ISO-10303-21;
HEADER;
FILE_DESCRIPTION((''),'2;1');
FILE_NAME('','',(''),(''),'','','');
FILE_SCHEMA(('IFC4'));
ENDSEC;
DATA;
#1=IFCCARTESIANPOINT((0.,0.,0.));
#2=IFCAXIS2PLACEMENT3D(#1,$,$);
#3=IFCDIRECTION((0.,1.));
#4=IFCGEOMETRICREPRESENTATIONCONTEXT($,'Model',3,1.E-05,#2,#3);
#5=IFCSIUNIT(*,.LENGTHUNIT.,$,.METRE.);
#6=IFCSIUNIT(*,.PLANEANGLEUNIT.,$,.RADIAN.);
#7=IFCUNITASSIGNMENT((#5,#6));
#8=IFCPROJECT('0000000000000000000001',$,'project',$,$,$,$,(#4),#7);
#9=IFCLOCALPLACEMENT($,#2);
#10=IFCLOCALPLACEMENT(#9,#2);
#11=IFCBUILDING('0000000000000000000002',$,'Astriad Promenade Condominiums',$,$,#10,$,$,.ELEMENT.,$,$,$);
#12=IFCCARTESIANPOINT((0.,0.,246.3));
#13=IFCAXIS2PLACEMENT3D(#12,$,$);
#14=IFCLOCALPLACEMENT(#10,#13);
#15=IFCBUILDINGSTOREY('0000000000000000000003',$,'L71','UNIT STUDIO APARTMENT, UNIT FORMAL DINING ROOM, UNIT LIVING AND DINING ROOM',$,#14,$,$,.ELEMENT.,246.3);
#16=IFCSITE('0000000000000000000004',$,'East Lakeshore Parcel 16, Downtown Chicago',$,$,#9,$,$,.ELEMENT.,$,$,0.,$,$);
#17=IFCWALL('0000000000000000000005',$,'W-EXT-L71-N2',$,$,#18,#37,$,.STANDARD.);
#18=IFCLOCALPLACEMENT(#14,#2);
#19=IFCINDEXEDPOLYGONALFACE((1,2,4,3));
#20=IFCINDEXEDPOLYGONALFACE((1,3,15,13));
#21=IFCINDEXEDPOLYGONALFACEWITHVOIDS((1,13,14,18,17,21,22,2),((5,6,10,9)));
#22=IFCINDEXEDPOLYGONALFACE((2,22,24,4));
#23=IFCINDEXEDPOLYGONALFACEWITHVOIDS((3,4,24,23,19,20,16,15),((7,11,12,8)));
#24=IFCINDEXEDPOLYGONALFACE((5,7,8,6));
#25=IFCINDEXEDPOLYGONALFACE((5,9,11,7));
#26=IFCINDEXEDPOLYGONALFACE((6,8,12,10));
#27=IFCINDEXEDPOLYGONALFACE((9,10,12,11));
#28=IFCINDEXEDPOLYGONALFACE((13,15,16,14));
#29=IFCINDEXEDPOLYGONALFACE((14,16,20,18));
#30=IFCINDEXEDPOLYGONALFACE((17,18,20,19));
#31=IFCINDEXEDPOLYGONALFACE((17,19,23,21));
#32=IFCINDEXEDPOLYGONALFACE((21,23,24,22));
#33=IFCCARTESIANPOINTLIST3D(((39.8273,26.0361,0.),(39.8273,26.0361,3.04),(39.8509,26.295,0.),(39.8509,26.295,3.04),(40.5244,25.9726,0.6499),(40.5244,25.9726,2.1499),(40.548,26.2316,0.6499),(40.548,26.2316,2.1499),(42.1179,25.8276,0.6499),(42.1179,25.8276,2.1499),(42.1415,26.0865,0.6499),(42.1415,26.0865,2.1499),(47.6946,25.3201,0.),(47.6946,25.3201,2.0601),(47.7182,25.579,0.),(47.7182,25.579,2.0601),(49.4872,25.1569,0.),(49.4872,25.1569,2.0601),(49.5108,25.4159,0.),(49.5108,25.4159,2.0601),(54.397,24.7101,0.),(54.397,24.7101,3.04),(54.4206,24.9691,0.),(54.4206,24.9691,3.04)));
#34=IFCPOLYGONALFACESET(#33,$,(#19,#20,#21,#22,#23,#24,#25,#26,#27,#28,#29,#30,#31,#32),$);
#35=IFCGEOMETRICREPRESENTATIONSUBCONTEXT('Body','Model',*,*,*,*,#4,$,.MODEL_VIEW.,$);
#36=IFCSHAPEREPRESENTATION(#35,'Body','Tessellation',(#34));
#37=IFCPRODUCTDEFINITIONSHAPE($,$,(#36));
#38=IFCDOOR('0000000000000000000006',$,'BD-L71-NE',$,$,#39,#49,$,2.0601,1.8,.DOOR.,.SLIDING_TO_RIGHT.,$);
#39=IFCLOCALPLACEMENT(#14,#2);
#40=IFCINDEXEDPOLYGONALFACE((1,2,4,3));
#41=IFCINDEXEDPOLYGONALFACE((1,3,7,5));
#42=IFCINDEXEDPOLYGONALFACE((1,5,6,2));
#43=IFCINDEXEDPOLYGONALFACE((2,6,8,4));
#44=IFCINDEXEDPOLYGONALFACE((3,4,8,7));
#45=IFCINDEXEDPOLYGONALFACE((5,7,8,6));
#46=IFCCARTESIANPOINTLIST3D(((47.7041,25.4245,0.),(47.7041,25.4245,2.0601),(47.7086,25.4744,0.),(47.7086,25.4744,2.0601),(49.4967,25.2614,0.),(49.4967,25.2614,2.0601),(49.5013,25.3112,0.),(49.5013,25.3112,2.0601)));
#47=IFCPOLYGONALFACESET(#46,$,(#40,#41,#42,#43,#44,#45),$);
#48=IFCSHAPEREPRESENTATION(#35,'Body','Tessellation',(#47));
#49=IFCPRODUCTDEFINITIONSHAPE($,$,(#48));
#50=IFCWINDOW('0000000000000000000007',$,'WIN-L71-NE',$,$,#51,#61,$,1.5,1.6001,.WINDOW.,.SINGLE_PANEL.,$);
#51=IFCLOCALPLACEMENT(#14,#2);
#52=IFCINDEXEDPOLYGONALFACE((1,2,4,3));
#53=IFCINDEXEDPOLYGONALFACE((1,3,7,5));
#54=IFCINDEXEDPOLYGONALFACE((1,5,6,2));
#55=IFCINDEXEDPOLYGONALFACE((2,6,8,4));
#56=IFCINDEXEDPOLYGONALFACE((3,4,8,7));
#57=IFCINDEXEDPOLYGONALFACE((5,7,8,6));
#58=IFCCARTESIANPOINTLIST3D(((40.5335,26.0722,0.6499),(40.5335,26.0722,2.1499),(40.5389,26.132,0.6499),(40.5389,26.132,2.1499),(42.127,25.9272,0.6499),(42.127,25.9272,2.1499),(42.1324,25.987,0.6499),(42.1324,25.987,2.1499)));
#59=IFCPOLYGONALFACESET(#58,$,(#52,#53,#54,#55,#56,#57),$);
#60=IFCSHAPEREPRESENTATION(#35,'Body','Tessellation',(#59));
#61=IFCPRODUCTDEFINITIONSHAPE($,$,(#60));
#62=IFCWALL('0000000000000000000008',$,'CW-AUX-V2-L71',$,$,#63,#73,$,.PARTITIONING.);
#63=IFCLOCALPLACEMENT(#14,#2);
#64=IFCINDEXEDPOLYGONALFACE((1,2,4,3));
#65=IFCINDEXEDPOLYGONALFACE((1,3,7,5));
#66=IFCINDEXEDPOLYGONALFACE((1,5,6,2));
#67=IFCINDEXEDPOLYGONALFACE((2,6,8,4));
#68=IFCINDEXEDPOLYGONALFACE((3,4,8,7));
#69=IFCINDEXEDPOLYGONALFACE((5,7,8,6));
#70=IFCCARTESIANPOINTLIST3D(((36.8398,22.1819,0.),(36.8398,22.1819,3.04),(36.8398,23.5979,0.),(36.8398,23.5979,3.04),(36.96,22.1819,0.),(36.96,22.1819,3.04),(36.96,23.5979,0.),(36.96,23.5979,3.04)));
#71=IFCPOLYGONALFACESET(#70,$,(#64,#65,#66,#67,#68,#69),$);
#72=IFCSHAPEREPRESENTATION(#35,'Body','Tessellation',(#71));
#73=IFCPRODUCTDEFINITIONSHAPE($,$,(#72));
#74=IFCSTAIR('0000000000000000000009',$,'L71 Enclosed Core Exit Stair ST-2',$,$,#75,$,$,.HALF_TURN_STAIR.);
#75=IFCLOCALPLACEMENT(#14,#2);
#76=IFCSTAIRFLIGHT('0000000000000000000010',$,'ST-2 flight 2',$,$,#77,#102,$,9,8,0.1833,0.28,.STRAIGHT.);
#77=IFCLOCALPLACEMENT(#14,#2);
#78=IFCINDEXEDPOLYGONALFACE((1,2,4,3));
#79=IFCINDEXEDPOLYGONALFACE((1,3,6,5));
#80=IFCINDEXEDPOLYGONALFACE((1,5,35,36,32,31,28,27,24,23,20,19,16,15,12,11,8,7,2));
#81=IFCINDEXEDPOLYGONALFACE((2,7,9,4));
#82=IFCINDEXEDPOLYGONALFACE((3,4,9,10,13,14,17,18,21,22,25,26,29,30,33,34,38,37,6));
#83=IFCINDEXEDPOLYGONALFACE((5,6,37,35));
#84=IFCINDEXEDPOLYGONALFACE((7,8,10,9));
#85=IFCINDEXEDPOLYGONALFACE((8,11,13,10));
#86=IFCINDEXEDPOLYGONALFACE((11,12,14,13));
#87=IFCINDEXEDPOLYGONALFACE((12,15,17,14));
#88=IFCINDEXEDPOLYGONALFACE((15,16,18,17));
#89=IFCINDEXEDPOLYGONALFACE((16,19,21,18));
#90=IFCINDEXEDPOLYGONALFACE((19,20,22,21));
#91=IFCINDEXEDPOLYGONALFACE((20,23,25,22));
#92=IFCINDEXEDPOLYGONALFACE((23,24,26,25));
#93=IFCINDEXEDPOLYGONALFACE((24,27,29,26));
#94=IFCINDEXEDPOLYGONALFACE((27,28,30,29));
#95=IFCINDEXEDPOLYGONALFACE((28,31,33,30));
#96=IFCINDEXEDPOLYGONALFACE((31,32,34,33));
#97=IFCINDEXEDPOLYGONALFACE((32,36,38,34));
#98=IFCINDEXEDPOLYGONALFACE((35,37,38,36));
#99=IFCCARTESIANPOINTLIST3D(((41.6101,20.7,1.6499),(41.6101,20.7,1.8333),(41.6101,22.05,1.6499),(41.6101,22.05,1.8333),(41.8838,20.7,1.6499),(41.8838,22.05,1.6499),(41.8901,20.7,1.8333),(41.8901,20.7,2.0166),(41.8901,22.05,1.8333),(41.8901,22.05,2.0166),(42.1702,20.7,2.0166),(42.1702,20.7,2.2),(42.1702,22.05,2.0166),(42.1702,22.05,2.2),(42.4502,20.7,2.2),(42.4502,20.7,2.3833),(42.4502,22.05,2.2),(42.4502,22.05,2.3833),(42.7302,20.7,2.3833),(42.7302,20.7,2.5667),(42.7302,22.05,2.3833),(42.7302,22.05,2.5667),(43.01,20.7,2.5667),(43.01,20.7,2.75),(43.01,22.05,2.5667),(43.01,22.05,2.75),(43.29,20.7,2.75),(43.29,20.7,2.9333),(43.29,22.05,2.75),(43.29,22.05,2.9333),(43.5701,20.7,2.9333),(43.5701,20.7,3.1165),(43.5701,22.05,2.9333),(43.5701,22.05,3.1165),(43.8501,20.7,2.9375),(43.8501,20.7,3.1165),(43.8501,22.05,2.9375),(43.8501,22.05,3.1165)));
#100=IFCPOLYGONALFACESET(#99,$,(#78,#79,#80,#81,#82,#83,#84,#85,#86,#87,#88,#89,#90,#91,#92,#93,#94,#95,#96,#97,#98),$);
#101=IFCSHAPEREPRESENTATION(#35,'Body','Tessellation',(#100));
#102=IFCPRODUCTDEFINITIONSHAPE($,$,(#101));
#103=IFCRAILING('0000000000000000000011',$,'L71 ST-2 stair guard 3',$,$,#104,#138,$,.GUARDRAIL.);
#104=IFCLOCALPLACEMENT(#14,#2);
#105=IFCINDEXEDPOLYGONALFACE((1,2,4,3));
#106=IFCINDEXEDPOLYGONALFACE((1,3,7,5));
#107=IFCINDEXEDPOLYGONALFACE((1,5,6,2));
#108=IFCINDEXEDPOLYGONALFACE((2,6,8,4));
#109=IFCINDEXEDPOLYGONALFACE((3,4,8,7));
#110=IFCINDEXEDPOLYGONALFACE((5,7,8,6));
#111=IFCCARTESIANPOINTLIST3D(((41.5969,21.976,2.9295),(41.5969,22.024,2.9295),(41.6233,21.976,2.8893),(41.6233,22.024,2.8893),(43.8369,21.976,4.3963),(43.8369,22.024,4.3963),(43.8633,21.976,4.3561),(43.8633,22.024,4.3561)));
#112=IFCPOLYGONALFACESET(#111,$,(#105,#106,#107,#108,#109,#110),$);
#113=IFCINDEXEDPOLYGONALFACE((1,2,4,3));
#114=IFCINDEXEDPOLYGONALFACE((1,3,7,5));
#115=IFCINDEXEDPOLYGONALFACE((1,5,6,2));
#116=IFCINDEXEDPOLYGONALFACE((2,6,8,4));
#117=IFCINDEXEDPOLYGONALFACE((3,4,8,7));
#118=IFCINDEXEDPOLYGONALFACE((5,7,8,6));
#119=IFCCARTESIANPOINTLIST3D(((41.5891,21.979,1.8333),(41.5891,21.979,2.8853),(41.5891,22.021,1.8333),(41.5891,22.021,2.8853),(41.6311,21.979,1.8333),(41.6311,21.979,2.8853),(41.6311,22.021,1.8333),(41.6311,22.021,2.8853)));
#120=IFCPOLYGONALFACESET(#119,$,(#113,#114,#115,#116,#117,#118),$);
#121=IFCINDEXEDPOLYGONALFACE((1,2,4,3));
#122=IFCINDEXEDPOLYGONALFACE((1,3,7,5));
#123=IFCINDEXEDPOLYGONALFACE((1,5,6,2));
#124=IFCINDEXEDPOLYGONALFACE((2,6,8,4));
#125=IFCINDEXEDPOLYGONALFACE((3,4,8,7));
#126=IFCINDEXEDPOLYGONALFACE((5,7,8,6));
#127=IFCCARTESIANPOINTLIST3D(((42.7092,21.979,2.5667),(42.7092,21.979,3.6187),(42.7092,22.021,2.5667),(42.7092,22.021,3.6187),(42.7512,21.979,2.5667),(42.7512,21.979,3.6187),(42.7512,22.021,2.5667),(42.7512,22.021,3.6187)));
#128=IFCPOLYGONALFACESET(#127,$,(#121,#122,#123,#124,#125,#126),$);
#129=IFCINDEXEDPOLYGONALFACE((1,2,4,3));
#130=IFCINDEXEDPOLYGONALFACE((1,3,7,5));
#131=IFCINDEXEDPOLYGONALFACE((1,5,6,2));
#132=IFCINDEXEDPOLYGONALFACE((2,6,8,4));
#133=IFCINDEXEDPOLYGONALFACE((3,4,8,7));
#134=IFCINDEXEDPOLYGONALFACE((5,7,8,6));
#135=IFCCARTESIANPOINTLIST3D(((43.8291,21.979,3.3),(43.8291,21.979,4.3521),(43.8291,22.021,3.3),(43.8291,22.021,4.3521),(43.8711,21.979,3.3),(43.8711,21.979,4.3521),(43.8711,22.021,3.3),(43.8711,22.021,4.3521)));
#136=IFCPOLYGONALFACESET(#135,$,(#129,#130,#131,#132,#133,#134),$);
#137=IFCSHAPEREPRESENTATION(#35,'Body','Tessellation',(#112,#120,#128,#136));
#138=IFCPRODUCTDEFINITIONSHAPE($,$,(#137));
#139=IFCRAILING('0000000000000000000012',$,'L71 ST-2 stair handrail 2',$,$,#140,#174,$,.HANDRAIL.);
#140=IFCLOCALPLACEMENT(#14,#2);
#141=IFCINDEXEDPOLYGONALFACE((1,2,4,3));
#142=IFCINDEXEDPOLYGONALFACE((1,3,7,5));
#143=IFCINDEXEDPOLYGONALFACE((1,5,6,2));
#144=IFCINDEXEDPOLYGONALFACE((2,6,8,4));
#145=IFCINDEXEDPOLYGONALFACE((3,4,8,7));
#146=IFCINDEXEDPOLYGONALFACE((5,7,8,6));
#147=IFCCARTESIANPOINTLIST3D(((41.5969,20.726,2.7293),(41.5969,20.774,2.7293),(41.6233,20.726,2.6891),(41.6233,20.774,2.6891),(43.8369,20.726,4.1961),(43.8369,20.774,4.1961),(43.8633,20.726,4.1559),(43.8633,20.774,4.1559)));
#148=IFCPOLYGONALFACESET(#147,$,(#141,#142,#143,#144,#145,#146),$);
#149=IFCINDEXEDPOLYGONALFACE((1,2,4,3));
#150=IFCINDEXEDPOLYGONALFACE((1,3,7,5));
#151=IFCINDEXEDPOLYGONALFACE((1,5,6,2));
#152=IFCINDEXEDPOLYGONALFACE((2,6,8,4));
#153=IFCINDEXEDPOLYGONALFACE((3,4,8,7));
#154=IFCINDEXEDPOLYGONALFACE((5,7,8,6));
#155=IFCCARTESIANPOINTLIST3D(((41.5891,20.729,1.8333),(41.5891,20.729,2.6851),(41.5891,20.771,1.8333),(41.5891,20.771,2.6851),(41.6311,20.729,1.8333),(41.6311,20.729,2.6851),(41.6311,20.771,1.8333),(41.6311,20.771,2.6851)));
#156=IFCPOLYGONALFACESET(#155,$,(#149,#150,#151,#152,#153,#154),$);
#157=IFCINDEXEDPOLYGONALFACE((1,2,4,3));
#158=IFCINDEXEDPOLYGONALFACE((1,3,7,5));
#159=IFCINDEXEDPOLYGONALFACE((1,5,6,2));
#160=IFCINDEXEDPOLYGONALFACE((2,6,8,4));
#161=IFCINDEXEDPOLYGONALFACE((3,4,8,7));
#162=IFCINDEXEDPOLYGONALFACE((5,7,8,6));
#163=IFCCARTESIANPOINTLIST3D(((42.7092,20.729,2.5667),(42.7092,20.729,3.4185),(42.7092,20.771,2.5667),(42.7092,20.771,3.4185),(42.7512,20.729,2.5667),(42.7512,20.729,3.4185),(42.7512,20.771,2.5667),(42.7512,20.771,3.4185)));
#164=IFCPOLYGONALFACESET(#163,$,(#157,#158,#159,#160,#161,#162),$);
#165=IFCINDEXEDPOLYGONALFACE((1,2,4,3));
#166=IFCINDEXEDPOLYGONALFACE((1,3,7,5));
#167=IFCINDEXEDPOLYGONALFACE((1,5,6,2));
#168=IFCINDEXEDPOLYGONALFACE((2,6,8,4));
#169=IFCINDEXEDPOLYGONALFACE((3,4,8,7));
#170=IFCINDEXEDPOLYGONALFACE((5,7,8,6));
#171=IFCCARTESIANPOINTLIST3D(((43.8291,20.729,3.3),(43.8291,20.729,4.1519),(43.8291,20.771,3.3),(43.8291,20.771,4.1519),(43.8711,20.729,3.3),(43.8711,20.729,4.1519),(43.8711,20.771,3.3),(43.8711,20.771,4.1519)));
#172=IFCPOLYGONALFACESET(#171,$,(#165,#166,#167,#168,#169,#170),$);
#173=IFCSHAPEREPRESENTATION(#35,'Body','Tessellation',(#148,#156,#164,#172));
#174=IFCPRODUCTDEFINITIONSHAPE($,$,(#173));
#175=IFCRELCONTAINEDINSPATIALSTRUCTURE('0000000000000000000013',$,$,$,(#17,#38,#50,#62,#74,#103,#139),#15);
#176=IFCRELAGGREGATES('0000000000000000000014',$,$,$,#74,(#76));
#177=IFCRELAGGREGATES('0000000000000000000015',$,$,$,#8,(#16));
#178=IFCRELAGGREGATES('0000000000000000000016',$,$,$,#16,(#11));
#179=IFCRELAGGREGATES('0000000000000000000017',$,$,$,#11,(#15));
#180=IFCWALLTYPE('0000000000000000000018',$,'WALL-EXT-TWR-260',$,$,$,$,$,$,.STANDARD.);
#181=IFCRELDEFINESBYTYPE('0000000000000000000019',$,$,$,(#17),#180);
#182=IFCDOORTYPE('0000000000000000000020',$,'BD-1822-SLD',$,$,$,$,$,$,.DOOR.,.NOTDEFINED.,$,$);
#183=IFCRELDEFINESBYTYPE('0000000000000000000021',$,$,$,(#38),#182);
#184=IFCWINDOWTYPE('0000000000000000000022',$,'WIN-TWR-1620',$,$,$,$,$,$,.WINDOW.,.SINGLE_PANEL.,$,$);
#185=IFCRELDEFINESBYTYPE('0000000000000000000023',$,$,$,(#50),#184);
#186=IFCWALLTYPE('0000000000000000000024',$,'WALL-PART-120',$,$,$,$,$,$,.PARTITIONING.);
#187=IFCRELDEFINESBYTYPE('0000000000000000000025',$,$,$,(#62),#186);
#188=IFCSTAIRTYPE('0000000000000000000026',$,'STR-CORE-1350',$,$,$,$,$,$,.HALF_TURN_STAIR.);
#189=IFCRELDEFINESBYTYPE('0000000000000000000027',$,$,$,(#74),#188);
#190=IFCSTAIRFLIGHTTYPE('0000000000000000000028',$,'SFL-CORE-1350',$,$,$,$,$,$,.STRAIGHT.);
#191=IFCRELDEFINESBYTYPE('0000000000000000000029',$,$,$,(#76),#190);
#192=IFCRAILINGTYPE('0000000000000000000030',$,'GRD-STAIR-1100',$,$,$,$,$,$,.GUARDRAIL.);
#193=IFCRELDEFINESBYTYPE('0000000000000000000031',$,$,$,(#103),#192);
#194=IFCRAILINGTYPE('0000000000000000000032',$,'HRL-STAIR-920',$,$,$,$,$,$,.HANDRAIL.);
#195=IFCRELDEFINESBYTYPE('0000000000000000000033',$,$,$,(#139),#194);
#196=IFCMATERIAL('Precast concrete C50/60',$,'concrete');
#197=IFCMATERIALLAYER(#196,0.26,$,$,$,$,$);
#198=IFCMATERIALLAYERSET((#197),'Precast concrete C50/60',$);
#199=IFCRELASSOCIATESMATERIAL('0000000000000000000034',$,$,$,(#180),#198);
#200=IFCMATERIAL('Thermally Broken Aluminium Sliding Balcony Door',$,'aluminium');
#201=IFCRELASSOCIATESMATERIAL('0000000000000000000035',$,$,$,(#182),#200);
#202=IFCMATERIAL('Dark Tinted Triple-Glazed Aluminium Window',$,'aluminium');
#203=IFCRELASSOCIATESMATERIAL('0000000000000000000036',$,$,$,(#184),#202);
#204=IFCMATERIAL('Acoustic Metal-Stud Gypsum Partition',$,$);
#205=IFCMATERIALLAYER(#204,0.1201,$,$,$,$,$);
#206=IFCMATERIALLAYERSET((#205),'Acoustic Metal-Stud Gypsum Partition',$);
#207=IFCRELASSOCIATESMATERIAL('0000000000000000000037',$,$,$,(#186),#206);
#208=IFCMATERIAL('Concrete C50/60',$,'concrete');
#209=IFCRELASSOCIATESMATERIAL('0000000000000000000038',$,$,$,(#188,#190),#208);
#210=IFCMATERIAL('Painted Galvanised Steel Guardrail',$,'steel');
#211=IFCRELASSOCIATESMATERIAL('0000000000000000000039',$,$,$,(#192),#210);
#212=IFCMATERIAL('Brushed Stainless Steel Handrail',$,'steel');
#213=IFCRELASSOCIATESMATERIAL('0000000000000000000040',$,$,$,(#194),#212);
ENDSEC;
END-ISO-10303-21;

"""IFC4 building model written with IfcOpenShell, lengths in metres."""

from ifc_helpers import new_model, si_unit, direction, frame, frame_2d, origin, origin_2d, place, context, subcontext, project, spatial, polyline, rectangle, outline, extrude, source, transform, mapped, material, layer, layer_set, type_object, type_shapes, element, fill, aggregate, save


model = new_model("IFC4")

# Units and contexts
model_context = context("Model", 3, precision=1e-05, world=origin(), true_north=direction((0.0, 1.0)))
body_context = subcontext(model_context, "Body", "Model", "MODEL_VIEW")
ifc_project = project(units=[si_unit("LENGTHUNIT", "METRE"), si_unit("PLANEANGLEUNIT", "RADIAN")], contexts=[model_context])

# Site, building, storey
site_placement = place(None, origin())
site = spatial("IfcSite", under=ifc_project, at=site_placement, Name="East Lakeshore Parcel 16, Downtown Chicago", CompositionType="ELEMENT", RefElevation=0.0)
building_placement = place(site_placement, origin())
building = spatial("IfcBuilding", under=site, at=building_placement, Name="Astriad Promenade Condominiums", CompositionType="ELEMENT")
storey_placement = place(building_placement, frame((0.0, 0.0, 246.3)))
storey = spatial("IfcBuildingStorey", under=building, at=storey_placement, Name="L71", Description="UNIT STUDIO APARTMENT, UNIT FORMAL DINING ROOM, UNIT LIVING AND DINING ROOM", CompositionType="ELEMENT", Elevation=246.3)

# Shared definitions
ifc_material_1 = material(Name="Concrete C50/60", Category="concrete")

# Wall, openings, door, window
ifc_material_2 = material(Name="Precast concrete C50/60", Category="concrete")
ifc_layer_1 = layer(ifc_material_2, 0.26)
ifc_layer_set_1 = layer_set([ifc_layer_1], Name="Precast concrete C50/60")
wall_type_1 = type_object("IfcWallType", Name="WALL-EXT-TWR-260", PredefinedType="STANDARD", material=ifc_layer_set_1)
wall_1_placement = place(storey_placement, frame((39.8391, 26.1655, 0.0), z_axis=(0.0, 0.0, 1.0), x_axis=(0.995884, -0.090632, 0.0)))
wall_1 = element("IfcWall", 1, at=wall_1_placement, inside=storey, type_object=wall_type_1, Name="W-EXT-L71-N2", PredefinedType="STANDARD", context=body_context, shape_type="SweptSolid", body=[
    extrude(rectangle(XDim=14.6299, YDim=0.26, at=frame_2d((7.3149, 0.0))), origin(), (0.0, 0.0, 1.0), 3.04),
])
opening_1_placement = place(wall_1_placement, frame((7.8999, 0.0, 0.0)))
opening_1 = element("IfcOpeningElement", 2, at=opening_1_placement, cuts=wall_1, PredefinedType="OPENING", context=body_context, shape_type="SweptSolid", body=[
    extrude(rectangle(XDim=1.8, YDim=2.0601, at=frame_2d((0.8999, 1.03))), frame((0.0, 0.1399, 0.0), z_axis=(0.0, -1.0, 0.0), x_axis=(1.0, 0.0, 0.0)), (0.0, 0.0, 1.0), 0.28),
])
opening_2_placement = place(wall_1_placement, frame((0.7, 0.0, 0.6499)))
opening_2 = element("IfcOpeningElement", 3, at=opening_2_placement, cuts=wall_1, PredefinedType="OPENING", context=body_context, shape_type="SweptSolid", body=[
    extrude(rectangle(XDim=1.6001, YDim=1.5, at=frame_2d((0.8, 0.75))), frame((0.0, 0.1399, 0.0), z_axis=(0.0, -1.0, 0.0), x_axis=(1.0, 0.0, 0.0)), (0.0, 0.0, 1.0), 0.28),
])
ifc_material_3 = material(Name="Thermally Broken Aluminium Sliding Balcony Door", Category="aluminium")
door_type_1 = type_object("IfcDoorType", Name="BD-1822-SLD", OperationType="NOTDEFINED", PredefinedType="DOOR", material=ifc_material_3)
shared_shape_1 = source(origin(), body_context, "Body", "SweptSolid", [
    extrude(rectangle(XDim=1.8, YDim=2.0601, at=frame_2d((0.8999, 1.03))), frame((0.0, 0.0249, 0.0), z_axis=(0.0, -1.0, 0.0), x_axis=(1.0, 0.0, 0.0)), (0.0, 0.0, 1.0), 0.05),
])
type_shapes(door_type_1, [shared_shape_1])
door_1_placement = place(opening_1_placement, origin())
door_1 = element("IfcDoor", 4, at=door_1_placement, inside=storey, type_object=door_type_1, Name="BD-L71-NE", OperationType="SLIDING_TO_RIGHT", OverallHeight=2.0601, OverallWidth=1.8, PredefinedType="DOOR", context=body_context, shape_type="MappedRepresentation", body=[
    mapped(shared_shape_1, transform((0.0, 0.0, 0.0), scale=1.0)),
])
fill(opening_1, door_1)
ifc_material_4 = material(Name="Dark Tinted Triple-Glazed Aluminium Window", Category="aluminium")
window_type = type_object("IfcWindowType", Name="WIN-TWR-1620", PartitioningType="SINGLE_PANEL", PredefinedType="WINDOW", material=ifc_material_4)
shared_shape_2 = source(origin(), body_context, "Body", "SweptSolid", [
    extrude(rectangle(XDim=1.6001, YDim=1.5, at=frame_2d((0.8, 0.75))), frame((0.0, 0.03, 0.0), z_axis=(0.0, -1.0, 0.0), x_axis=(1.0, 0.0, 0.0)), (0.0, 0.0, 1.0), 0.0601),
])
type_shapes(window_type, [shared_shape_2])
window_placement = place(opening_2_placement, origin())
window = element("IfcWindow", 5, at=window_placement, inside=storey, type_object=window_type, Name="WIN-L71-NE", OverallHeight=1.5, OverallWidth=1.6001, PartitioningType="SINGLE_PANEL", PredefinedType="WINDOW", context=body_context, shape_type="MappedRepresentation", body=[
    mapped(shared_shape_2, transform((0.0, 0.0, 0.0), scale=1.0)),
])
fill(opening_2, window)

# Wall
ifc_material_5 = material(Name="Acoustic Metal-Stud Gypsum Partition")
ifc_layer_2 = layer(ifc_material_5, 0.1201)
ifc_layer_set_2 = layer_set([ifc_layer_2], Name="Acoustic Metal-Stud Gypsum Partition")
wall_type_2 = type_object("IfcWallType", Name="WALL-PART-120", PredefinedType="PARTITIONING", material=ifc_layer_set_2)
wall_2_placement = place(storey_placement, frame((36.8999, 22.1819, 0.0), z_axis=(0.0, 0.0, 1.0), x_axis=(0.0, 1.0, 0.0)))
element("IfcWall", 6, at=wall_2_placement, inside=storey, type_object=wall_type_2, Name="CW-AUX-V2-L71", PredefinedType="PARTITIONING", context=body_context, shape_type="SweptSolid", body=[
    extrude(rectangle(XDim=1.416, YDim=0.1201, at=frame_2d((0.708, 0.0))), origin(), (0.0, 0.0, 1.0), 3.04),
])

# Stair, stair flight
stair_type = type_object("IfcStairType", Name="STR-CORE-1350", PredefinedType="HALF_TURN_STAIR", material=ifc_material_1)
stair_placement = place(storey_placement, origin())
stair = element("IfcStair", 7, at=stair_placement, inside=storey, type_object=stair_type, Name="L71 Enclosed Core Exit Stair ST-2", PredefinedType="HALF_TURN_STAIR")
stair_flight_type = type_object("IfcStairFlightType", Name="SFL-CORE-1350", PredefinedType="STRAIGHT", material=ifc_material_1)
shared_shape_3 = source(origin(), body_context, "Body", "SweptSolid", [
    extrude(outline(polyline([(0.0, 0.0), (0.0, 0.1833), (0.28, 0.1833), (0.28, 0.3667), (0.5601, 0.3667), (0.5601, 0.55), (0.8401, 0.55), (0.8401, 0.7334), (1.1201, 0.7334), (1.1201, 0.9167), (1.3999, 0.9167), (1.3999, 1.1001), (1.6799, 1.1001), (1.6799, 1.2834), (1.96, 1.2834), (1.96, 1.4666), (2.24, 1.4666), (2.24, 1.6499), (2.24, 1.2876), (0.2737, 0.0), (0.0, 0.0)])), frame((0.0, 0.675, 0.0), z_axis=(0.0, -1.0, 0.0), x_axis=(1.0, 0.0, 0.0)), (0.0, 0.0, 1.0), 1.3501),
])
type_shapes(stair_flight_type, [shared_shape_3])
stair_flight_placement = place(storey_placement, frame((41.6101, 21.375, 1.6499), z_axis=(0.0, 0.0, 1.0), x_axis=(1.0, 0.0, 0.0)))
stair_flight = element("IfcStairFlight", 8, at=stair_flight_placement, type_object=stair_flight_type, Name="ST-2 flight 2", NumberOfRisers=9, NumberOfTreads=8, PredefinedType="STRAIGHT", RiserHeight=0.1833, TreadLength=0.28, context=body_context, shape_type="MappedRepresentation", body=[
    mapped(shared_shape_3, transform((0.0, 0.0, 0.0), scale=1.0)),
])
aggregate(stair, [stair_flight])

# Railings
ifc_material_6 = material(Name="Painted Galvanised Steel Guardrail", Category="steel")
railing_type_1 = type_object("IfcRailingType", Name="GRD-STAIR-1100", PredefinedType="GUARDRAIL", material=ifc_material_6)
shared_shape_4 = source(origin(), body_context, "Body", "SweptSolid", [
    extrude(rectangle(XDim=0.0481, YDim=0.0481, at=origin_2d()), frame((0.0, 0.0, 1.0762), z_axis=(0.836595, 0.0, 0.547822), x_axis=(0.0, 1.0, 0.0)), (0.0, 0.0, 1.0), 2.6775),
    extrude(rectangle(XDim=0.042, YDim=0.042, at=origin_2d()), origin(), (0.0, 0.0, 1.0), 1.052),
    extrude(rectangle(XDim=0.042, YDim=0.042, at=origin_2d()), frame((1.1201, 0.0, 0.7334)), (0.0, 0.0, 1.0), 1.052),
    extrude(rectangle(XDim=0.042, YDim=0.042, at=origin_2d()), frame((2.24, 0.0, 1.4668)), (0.0, 0.0, 1.0), 1.052),
])
railing_1_placement = place(storey_placement, frame((41.6101, 22.0, 1.8333)))
element("IfcRailing", 9, at=railing_1_placement, inside=storey, type_object=railing_type_1, Name="L71 ST-2 stair guard 3", PredefinedType="GUARDRAIL", context=body_context, shape_type="MappedRepresentation", body=[
    mapped(shared_shape_4, transform((0.0, 0.0, 0.0), scale=1.0)),
])
ifc_material_7 = material(Name="Brushed Stainless Steel Handrail", Category="steel")
railing_type_2 = type_object("IfcRailingType", Name="HRL-STAIR-920", PredefinedType="HANDRAIL", material=ifc_material_7)
shared_shape_5 = source(origin(), body_context, "Body", "SweptSolid", [
    extrude(rectangle(XDim=0.0481, YDim=0.0481, at=origin_2d()), frame((0.0, 0.0, 0.876), z_axis=(0.836595, 0.0, 0.547822), x_axis=(0.0, 1.0, 0.0)), (0.0, 0.0, 1.0), 2.6775),
    extrude(rectangle(XDim=0.042, YDim=0.042, at=origin_2d()), origin(), (0.0, 0.0, 1.0), 0.8518),
    extrude(rectangle(XDim=0.042, YDim=0.042, at=origin_2d()), frame((1.1201, 0.0, 0.7334)), (0.0, 0.0, 1.0), 0.8518),
    extrude(rectangle(XDim=0.042, YDim=0.042, at=origin_2d()), frame((2.24, 0.0, 1.4668)), (0.0, 0.0, 1.0), 0.8518),
])
type_shapes(railing_type_2, [shared_shape_5])
railing_2_placement = place(storey_placement, frame((41.6101, 20.75, 1.8333)))
element("IfcRailing", 10, at=railing_2_placement, inside=storey, type_object=railing_type_2, Name="L71 ST-2 stair handrail 2", PredefinedType="HANDRAIL", context=body_context, shape_type="MappedRepresentation", body=[
    mapped(shared_shape_5, transform((0.0, 0.0, 0.0), scale=1.0)),
])

save(model, "model.ifc")
